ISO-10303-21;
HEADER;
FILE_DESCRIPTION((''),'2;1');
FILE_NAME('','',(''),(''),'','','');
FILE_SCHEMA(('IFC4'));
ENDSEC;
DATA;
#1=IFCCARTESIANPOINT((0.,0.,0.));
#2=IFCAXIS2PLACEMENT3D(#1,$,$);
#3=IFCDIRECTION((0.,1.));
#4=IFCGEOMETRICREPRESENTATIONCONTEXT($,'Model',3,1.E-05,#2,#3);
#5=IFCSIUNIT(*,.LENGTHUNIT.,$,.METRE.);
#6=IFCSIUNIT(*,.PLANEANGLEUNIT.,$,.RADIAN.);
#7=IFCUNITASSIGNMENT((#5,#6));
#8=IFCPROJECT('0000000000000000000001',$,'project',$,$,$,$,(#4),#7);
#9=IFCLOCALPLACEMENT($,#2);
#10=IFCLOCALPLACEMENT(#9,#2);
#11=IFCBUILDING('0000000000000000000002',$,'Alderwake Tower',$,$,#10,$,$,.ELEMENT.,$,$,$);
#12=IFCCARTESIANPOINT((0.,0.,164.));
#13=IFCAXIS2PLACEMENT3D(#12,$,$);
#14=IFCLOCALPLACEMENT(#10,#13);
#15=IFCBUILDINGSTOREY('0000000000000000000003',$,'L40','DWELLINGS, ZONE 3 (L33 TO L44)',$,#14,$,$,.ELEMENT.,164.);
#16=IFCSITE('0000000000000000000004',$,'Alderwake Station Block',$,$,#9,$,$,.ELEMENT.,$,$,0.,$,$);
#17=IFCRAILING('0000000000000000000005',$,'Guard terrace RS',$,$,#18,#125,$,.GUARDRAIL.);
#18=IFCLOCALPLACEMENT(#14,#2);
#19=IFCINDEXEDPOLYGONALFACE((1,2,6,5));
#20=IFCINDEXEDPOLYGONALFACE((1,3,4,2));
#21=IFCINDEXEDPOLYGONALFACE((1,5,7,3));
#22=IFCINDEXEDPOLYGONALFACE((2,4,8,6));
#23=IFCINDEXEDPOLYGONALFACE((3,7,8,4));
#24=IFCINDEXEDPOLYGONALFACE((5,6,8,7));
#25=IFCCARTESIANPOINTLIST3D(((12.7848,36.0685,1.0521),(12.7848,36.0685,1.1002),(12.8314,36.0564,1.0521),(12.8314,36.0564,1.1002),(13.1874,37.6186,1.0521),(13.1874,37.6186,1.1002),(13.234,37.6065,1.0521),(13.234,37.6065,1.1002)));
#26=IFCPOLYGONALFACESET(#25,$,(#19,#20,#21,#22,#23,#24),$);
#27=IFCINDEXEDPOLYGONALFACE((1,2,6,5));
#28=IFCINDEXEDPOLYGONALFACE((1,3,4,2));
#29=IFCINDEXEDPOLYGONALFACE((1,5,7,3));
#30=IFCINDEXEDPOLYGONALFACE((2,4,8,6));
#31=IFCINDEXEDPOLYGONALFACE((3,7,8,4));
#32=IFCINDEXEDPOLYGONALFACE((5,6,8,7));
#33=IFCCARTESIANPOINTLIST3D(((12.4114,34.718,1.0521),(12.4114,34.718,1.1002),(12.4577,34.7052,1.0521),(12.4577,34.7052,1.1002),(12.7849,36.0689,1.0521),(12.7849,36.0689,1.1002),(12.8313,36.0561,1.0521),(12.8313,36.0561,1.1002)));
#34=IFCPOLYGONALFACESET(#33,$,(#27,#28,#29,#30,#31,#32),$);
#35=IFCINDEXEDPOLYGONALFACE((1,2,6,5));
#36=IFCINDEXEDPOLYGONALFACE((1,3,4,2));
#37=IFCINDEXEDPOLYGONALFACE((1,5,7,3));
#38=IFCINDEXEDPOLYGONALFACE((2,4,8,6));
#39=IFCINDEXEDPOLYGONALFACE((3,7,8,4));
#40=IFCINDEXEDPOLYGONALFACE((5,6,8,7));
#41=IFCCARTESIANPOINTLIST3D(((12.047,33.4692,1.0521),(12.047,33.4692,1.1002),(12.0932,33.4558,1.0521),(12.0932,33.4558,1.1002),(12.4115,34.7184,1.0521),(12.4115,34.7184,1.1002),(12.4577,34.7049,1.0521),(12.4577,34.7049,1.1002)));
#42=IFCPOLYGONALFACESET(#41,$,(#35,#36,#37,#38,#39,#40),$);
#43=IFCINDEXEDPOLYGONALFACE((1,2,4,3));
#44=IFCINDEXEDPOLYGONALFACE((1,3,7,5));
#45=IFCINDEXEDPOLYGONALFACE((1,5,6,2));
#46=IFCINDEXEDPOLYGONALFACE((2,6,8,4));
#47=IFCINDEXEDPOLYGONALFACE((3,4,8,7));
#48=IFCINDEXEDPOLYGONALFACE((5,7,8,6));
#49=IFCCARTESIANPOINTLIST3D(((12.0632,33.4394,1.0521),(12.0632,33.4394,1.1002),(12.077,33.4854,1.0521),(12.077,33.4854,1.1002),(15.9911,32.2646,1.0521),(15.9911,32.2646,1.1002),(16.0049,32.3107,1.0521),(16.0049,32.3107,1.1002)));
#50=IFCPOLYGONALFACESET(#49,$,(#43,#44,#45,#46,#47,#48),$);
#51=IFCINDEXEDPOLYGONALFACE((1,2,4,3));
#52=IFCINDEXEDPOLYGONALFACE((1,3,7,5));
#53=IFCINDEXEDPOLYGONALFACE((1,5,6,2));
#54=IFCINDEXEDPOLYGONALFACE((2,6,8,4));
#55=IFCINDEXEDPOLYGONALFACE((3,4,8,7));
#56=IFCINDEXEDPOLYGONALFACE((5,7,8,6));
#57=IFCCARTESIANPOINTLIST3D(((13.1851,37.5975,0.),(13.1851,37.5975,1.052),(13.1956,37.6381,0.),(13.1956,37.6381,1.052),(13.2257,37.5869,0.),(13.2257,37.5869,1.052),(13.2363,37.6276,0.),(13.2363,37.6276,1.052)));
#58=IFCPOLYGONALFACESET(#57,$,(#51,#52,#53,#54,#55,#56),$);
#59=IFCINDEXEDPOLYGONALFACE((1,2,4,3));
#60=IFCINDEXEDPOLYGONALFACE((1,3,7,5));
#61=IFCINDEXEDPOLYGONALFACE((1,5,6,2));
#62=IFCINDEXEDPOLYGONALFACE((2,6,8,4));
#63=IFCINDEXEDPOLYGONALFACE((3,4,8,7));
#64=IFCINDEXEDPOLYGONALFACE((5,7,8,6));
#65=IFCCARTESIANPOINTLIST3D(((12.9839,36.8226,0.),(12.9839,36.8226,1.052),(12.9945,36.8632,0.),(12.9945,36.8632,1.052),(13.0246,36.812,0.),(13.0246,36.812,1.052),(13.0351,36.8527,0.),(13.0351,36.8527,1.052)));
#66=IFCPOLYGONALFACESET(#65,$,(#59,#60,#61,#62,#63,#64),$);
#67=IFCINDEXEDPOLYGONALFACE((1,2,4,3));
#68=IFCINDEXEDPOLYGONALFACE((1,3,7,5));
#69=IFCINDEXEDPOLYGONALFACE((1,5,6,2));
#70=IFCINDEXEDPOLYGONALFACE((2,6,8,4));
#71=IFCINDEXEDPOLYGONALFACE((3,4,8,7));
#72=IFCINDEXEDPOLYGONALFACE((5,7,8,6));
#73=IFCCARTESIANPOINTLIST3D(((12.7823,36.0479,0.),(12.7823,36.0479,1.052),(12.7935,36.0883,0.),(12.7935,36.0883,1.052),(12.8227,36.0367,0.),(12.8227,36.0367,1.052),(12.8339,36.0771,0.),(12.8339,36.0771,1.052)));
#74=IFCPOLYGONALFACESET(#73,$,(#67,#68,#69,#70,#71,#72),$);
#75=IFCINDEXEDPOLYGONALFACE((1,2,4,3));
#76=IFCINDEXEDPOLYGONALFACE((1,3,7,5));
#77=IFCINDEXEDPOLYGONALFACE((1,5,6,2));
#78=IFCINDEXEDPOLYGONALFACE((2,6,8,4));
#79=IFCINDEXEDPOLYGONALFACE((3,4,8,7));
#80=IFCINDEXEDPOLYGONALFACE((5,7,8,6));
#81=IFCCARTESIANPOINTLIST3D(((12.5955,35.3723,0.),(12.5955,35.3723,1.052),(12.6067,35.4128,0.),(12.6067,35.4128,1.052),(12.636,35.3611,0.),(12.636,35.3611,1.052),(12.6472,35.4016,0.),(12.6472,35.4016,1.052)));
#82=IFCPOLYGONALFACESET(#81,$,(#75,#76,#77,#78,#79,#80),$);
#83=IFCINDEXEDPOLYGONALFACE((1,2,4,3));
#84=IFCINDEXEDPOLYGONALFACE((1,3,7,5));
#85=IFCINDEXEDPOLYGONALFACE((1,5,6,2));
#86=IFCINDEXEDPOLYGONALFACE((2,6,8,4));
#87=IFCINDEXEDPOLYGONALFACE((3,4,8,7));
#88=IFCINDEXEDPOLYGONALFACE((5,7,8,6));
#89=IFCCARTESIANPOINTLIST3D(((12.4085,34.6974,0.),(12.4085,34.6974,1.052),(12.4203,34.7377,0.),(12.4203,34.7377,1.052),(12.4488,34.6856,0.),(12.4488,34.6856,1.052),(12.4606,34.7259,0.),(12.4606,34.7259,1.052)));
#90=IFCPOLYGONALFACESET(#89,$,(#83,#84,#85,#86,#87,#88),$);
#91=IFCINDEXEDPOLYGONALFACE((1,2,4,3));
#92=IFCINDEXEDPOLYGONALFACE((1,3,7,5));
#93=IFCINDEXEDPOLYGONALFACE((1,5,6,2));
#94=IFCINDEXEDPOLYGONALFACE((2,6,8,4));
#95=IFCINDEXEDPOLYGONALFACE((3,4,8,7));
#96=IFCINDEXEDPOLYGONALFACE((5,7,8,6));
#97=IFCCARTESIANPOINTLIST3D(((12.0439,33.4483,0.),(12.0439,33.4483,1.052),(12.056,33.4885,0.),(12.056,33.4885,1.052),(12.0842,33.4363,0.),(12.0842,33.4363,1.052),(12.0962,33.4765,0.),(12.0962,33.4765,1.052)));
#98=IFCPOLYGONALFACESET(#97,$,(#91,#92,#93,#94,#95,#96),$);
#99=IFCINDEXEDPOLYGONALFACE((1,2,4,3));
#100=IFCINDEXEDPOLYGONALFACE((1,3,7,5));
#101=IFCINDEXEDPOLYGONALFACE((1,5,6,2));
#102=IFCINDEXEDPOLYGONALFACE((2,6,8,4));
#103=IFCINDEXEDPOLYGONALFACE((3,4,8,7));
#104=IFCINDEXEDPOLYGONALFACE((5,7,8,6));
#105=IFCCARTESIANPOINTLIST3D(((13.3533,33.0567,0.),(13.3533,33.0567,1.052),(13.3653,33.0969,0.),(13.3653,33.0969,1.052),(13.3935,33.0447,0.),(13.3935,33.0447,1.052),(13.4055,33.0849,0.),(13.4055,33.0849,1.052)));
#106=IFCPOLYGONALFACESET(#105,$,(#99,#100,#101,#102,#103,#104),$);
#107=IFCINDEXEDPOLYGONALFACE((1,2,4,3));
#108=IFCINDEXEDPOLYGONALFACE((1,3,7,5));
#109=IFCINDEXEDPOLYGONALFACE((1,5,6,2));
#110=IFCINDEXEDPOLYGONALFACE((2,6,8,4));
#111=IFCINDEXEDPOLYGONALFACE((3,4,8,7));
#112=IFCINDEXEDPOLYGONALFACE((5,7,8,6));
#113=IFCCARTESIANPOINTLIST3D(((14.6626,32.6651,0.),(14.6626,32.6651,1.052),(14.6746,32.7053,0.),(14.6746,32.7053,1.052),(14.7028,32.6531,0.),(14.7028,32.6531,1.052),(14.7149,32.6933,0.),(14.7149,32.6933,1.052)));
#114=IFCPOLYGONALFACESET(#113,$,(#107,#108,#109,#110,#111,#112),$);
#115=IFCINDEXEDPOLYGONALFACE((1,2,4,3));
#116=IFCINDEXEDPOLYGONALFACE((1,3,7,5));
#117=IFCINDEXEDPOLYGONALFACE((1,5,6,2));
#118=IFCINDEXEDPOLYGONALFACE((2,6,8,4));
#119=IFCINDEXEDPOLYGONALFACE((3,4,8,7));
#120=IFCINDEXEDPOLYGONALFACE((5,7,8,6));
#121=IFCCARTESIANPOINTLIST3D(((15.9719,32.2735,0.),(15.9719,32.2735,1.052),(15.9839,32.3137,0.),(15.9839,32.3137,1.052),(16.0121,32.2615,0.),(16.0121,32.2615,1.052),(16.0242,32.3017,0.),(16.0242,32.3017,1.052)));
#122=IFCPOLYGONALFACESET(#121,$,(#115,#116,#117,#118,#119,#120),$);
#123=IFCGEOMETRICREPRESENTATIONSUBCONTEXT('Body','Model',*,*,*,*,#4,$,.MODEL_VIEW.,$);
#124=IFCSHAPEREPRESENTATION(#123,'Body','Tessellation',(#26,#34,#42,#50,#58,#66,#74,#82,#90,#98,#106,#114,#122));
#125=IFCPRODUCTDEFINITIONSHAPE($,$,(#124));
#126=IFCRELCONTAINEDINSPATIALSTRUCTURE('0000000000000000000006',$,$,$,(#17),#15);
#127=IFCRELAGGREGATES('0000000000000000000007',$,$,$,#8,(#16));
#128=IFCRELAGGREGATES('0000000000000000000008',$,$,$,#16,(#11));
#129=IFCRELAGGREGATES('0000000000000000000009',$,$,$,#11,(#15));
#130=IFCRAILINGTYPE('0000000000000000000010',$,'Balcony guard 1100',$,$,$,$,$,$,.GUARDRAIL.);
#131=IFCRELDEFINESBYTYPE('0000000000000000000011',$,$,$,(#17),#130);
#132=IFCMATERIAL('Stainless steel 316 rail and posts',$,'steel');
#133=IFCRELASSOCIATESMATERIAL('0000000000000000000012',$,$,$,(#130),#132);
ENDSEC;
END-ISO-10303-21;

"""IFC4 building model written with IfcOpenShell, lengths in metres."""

from ifc_helpers import new_model, si_unit, direction, frame, origin, origin_2d, place, context, subcontext, project, spatial, rectangle, extrude, material, type_object, element, save


model = new_model("IFC4")

# Units and contexts
model_context = context("Model", 3, precision=1e-05, world=origin(), true_north=direction((0.0, 1.0)))
body_context = subcontext(model_context, "Body", "Model", "MODEL_VIEW")
ifc_project = project(units=[si_unit("LENGTHUNIT", "METRE"), si_unit("PLANEANGLEUNIT", "RADIAN")], contexts=[model_context])

# Site, building, storey
site_placement = place(None, origin())
site = spatial("IfcSite", under=ifc_project, at=site_placement, Name="Alderwake Station Block", CompositionType="ELEMENT", RefElevation=0.0)
building_placement = place(site_placement, origin())
building = spatial("IfcBuilding", under=site, at=building_placement, Name="Alderwake Tower", CompositionType="ELEMENT")
storey_placement = place(building_placement, frame((0.0, 0.0, 164.0)))
storey = spatial("IfcBuildingStorey", under=building, at=storey_placement, Name="L40", Description="DWELLINGS, ZONE 3 (L33 TO L44)", CompositionType="ELEMENT", Elevation=164.0)

# Railing
ifc_material_1 = material(Name="Stainless steel 316 rail and posts", Category="steel")
railing_type = type_object("IfcRailingType", Name="Balcony guard 1100", PredefinedType="GUARDRAIL", material=ifc_material_1)
railing_placement = place(storey_placement, frame((13.2107, 37.6125, 0.0)))
element("IfcRailing", 1, at=railing_placement, inside=storey, type_object=railing_type, Name="Guard terrace RS", PredefinedType="GUARDRAIL", context=body_context, shape_type="SweptSolid", body=[
    extrude(rectangle(XDim=0.0481, YDim=0.0481, at=origin_2d()), frame((0.0, 0.0, 1.0762), z_axis=(-0.251385, -0.967887, 0.0), x_axis=(0.967887, -0.251385, 0.0)), (0.0, 0.0, 1.0), 1.6016),
    extrude(rectangle(XDim=0.0481, YDim=0.0481, at=origin_2d()), frame((-0.4026, -1.55, 1.0762), z_axis=(-0.266521, -0.963829, 0.0), x_axis=(0.963829, -0.266521, 0.0)), (0.0, 0.0, 1.0), 1.4016),
    extrude(rectangle(XDim=0.0481, YDim=0.0481, at=origin_2d()), frame((-0.7761, -2.9009, 1.0762), z_axis=(-0.280094, -0.959973, 0.0), x_axis=(0.959973, -0.280094, 0.0)), (0.0, 0.0, 1.0), 1.3013),
    extrude(rectangle(XDim=0.0481, YDim=0.0481, at=origin_2d()), frame((-1.1406, -4.1501, 1.0762), z_axis=(0.958067, -0.286545, 0.0), x_axis=(0.286545, 0.958067, 0.0)), (0.0, 0.0, 1.0), 4.0999),
    extrude(rectangle(XDim=0.042, YDim=0.042, at=origin_2d()), frame((0.0, 0.0, 0.0), z_axis=(0.0, 0.0, 1.0), x_axis=(-0.251385, -0.967887, 0.0)), (0.0, 0.0, 1.0), 1.052),
    extrude(rectangle(XDim=0.042, YDim=0.042, at=origin_2d()), frame((-0.2012, -0.7749, 0.0), z_axis=(0.0, 0.0, 1.0), x_axis=(-0.251385, -0.967887, 0.0)), (0.0, 0.0, 1.0), 1.052),
    extrude(rectangle(XDim=0.042, YDim=0.042, at=origin_2d()), frame((-0.4026, -1.55, 0.0), z_axis=(0.0, 0.0, 1.0), x_axis=(-0.266521, -0.963829, 0.0)), (0.0, 0.0, 1.0), 1.052),
    extrude(rectangle(XDim=0.042, YDim=0.042, at=origin_2d()), frame((-0.5894, -2.2256, 0.0), z_axis=(0.0, 0.0, 1.0), x_axis=(-0.266521, -0.963829, 0.0)), (0.0, 0.0, 1.0), 1.052),
    extrude(rectangle(XDim=0.042, YDim=0.042, at=origin_2d()), frame((-0.7761, -2.9009, 0.0), z_axis=(0.0, 0.0, 1.0), x_axis=(-0.280094, -0.959973, 0.0)), (0.0, 0.0, 1.0), 1.052),
    extrude(rectangle(XDim=0.042, YDim=0.042, at=origin_2d()), frame((-1.1406, -4.1501, 0.0), z_axis=(0.0, 0.0, 1.0), x_axis=(0.958067, -0.286545, 0.0)), (0.0, 0.0, 1.0), 1.052),
    extrude(rectangle(XDim=0.042, YDim=0.042, at=origin_2d()), frame((0.1687, -4.5417, 0.0), z_axis=(0.0, 0.0, 1.0), x_axis=(0.958067, -0.286545, 0.0)), (0.0, 0.0, 1.0), 1.052),
    extrude(rectangle(XDim=0.042, YDim=0.042, at=origin_2d()), frame((1.478, -4.9333, 0.0), z_axis=(0.0, 0.0, 1.0), x_axis=(0.958067, -0.286545, 0.0)), (0.0, 0.0, 1.0), 1.052),
    extrude(rectangle(XDim=0.042, YDim=0.042, at=origin_2d()), frame((2.7874, -5.325, 0.0), z_axis=(0.0, 0.0, 1.0), x_axis=(0.958067, -0.286545, 0.0)), (0.0, 0.0, 1.0), 1.052),
])

save(model, "model.ifc")
